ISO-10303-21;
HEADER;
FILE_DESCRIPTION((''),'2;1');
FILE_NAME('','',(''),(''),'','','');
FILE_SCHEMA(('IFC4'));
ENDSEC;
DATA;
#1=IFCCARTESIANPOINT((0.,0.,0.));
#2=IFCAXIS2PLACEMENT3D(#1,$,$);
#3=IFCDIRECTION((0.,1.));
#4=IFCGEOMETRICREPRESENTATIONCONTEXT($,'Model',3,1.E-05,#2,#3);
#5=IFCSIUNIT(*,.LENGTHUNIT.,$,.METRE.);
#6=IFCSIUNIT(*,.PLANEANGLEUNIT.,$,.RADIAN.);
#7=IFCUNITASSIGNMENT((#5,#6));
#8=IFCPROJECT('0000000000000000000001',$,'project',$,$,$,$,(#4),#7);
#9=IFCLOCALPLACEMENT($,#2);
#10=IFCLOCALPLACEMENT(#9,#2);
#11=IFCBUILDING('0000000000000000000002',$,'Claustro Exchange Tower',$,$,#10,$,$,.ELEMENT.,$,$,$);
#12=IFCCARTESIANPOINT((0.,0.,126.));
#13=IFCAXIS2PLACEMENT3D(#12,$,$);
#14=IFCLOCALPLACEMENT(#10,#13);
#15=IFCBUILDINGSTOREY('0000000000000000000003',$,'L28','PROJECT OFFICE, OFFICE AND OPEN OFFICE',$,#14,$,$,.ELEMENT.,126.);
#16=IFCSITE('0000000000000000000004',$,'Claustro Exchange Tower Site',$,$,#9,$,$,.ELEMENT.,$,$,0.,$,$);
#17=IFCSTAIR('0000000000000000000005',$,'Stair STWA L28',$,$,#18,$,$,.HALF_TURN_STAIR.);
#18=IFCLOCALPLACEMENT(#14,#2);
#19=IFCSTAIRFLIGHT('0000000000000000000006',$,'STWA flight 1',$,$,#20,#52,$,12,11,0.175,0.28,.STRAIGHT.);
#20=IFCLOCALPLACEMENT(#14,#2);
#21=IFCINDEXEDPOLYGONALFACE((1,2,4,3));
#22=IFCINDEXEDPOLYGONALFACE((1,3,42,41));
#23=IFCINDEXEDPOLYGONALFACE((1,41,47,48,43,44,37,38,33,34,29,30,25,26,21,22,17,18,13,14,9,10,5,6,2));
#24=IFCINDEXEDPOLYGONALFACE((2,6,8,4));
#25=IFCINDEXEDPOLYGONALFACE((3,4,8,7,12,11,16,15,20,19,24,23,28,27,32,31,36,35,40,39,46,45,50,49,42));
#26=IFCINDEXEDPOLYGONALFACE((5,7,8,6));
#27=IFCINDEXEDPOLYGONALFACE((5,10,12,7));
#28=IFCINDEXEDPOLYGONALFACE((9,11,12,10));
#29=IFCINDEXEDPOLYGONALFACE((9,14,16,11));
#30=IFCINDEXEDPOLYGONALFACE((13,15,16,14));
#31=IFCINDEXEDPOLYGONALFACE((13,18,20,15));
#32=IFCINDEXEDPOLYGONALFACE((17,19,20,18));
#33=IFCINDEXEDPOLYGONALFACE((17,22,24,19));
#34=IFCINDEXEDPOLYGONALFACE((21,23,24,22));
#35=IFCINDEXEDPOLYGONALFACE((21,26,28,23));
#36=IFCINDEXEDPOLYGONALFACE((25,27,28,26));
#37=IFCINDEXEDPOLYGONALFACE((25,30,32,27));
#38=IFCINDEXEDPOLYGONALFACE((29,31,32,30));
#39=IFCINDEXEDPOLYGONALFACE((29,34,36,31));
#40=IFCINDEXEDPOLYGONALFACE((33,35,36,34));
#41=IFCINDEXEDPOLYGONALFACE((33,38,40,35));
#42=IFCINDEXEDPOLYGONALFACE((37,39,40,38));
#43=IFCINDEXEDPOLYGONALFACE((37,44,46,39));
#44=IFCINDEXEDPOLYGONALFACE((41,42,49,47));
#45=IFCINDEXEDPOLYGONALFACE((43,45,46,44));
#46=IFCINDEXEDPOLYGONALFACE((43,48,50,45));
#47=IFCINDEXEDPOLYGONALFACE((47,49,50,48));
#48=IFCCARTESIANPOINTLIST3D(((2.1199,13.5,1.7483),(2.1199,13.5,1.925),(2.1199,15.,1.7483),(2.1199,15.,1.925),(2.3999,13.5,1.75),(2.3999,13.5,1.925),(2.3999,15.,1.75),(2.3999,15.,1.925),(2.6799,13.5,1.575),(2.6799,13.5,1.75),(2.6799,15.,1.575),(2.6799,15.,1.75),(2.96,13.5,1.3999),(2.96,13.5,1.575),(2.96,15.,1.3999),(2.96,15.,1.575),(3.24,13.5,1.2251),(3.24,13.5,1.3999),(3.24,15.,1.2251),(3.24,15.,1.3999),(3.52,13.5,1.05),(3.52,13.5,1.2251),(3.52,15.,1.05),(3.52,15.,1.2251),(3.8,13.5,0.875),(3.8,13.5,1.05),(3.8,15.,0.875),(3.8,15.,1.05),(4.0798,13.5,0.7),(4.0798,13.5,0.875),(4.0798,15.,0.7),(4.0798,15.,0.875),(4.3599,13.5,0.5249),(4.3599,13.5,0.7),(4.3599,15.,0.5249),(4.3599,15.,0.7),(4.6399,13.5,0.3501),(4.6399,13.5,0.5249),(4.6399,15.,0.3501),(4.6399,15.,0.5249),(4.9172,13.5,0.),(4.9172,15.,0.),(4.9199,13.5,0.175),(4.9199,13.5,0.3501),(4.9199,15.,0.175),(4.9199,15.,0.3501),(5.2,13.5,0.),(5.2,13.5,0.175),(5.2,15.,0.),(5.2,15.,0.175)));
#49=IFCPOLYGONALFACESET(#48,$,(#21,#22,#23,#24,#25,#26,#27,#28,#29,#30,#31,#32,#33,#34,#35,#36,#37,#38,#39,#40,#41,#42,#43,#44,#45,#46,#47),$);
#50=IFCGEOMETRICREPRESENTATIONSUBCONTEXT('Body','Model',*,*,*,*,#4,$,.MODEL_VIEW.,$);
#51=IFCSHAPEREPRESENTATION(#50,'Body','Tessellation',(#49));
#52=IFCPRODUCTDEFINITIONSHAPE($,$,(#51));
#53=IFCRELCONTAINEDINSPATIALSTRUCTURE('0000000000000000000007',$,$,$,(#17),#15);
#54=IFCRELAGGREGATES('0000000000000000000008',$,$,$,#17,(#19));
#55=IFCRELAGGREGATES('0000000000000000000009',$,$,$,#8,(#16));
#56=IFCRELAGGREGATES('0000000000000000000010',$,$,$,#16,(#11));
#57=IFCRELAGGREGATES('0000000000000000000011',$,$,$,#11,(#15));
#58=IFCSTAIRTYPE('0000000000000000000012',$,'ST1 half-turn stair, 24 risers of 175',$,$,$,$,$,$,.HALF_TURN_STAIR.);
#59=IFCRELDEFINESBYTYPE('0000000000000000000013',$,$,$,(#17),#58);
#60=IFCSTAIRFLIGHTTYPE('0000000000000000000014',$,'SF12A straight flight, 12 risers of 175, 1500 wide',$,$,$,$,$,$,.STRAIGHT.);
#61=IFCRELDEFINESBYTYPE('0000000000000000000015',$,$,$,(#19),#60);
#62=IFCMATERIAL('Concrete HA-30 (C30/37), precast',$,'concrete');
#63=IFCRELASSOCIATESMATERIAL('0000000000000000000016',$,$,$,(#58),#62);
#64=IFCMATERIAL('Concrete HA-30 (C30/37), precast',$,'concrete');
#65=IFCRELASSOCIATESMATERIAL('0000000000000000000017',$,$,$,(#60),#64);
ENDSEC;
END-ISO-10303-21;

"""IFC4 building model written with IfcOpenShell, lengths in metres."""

from ifc_helpers import new_model, si_unit, direction, frame, origin, place, context, subcontext, project, spatial, polyline, outline, extrude, material, type_object, element, aggregate, save


model = new_model("IFC4")

# Units and contexts
model_context = context("Model", 3, precision=1e-05, world=origin(), true_north=direction((0.0, 1.0)))
body_context = subcontext(model_context, "Body", "Model", "MODEL_VIEW")
ifc_project = project(units=[si_unit("LENGTHUNIT", "METRE"), si_unit("PLANEANGLEUNIT", "RADIAN")], contexts=[model_context])

# Site, building, storey
site_placement = place(None, origin())
site = spatial("IfcSite", under=ifc_project, at=site_placement, Name="Claustro Exchange Tower Site", CompositionType="ELEMENT", RefElevation=0.0)
building_placement = place(site_placement, origin())
building = spatial("IfcBuilding", under=site, at=building_placement, Name="Claustro Exchange Tower", CompositionType="ELEMENT")
storey_placement = place(building_placement, frame((0.0, 0.0, 126.0)))
storey = spatial("IfcBuildingStorey", under=building, at=storey_placement, Name="L28", Description="PROJECT OFFICE, OFFICE AND OPEN OFFICE", CompositionType="ELEMENT", Elevation=126.0)

# Stair, stair flight
ifc_material_1 = material(Name="Concrete HA-30 (C30/37), precast", Category="concrete")
stair_type = type_object("IfcStairType", Name="ST1 half-turn stair, 24 risers of 175", PredefinedType="HALF_TURN_STAIR", material=ifc_material_1)
stair_placement = place(storey_placement, origin())
stair = element("IfcStair", 1, at=stair_placement, inside=storey, type_object=stair_type, Name="Stair STWA L28", PredefinedType="HALF_TURN_STAIR")
ifc_material_2 = material(Name="Concrete HA-30 (C30/37), precast", Category="concrete")
stair_flight_type = type_object("IfcStairFlightType", Name="SF12A straight flight, 12 risers of 175, 1500 wide", PredefinedType="STRAIGHT", material=ifc_material_2)
stair_flight_placement = place(storey_placement, frame((5.2, 14.25, 0.0), z_axis=(0.0, 0.0, 1.0), x_axis=(-1.0, 0.0, 0.0)))
stair_flight = element("IfcStairFlight", 2, at=stair_flight_placement, type_object=stair_flight_type, Name="STWA flight 1", NumberOfRisers=12, NumberOfTreads=11, PredefinedType="STRAIGHT", RiserHeight=0.175, TreadLength=0.28, context=body_context, shape_type="SweptSolid", body=[
    extrude(outline(polyline([(0.0, 0.0), (0.0, 0.175), (0.28, 0.175), (0.28, 0.3501), (0.5601, 0.3501), (0.5601, 0.5249), (0.8401, 0.5249), (0.8401, 0.7), (1.1201, 0.7), (1.1201, 0.875), (1.3999, 0.875), (1.3999, 1.05), (1.6799, 1.05), (1.6799, 1.2251), (1.96, 1.2251), (1.96, 1.3999), (2.24, 1.3999), (2.24, 1.575), (2.52, 1.575), (2.52, 1.75), (2.8, 1.75), (2.8, 1.925), (3.0801, 1.925), (3.0801, 2.1001), (3.0801, 1.7483), (0.2827, 0.0), (0.0, 0.0)])), frame((0.0, 0.75, 0.0), z_axis=(0.0, -1.0, 0.0), x_axis=(1.0, 0.0, 0.0)), (0.0, 0.0, 1.0), 1.5),
])
aggregate(stair, [stair_flight])

save(model, "model.ifc")
